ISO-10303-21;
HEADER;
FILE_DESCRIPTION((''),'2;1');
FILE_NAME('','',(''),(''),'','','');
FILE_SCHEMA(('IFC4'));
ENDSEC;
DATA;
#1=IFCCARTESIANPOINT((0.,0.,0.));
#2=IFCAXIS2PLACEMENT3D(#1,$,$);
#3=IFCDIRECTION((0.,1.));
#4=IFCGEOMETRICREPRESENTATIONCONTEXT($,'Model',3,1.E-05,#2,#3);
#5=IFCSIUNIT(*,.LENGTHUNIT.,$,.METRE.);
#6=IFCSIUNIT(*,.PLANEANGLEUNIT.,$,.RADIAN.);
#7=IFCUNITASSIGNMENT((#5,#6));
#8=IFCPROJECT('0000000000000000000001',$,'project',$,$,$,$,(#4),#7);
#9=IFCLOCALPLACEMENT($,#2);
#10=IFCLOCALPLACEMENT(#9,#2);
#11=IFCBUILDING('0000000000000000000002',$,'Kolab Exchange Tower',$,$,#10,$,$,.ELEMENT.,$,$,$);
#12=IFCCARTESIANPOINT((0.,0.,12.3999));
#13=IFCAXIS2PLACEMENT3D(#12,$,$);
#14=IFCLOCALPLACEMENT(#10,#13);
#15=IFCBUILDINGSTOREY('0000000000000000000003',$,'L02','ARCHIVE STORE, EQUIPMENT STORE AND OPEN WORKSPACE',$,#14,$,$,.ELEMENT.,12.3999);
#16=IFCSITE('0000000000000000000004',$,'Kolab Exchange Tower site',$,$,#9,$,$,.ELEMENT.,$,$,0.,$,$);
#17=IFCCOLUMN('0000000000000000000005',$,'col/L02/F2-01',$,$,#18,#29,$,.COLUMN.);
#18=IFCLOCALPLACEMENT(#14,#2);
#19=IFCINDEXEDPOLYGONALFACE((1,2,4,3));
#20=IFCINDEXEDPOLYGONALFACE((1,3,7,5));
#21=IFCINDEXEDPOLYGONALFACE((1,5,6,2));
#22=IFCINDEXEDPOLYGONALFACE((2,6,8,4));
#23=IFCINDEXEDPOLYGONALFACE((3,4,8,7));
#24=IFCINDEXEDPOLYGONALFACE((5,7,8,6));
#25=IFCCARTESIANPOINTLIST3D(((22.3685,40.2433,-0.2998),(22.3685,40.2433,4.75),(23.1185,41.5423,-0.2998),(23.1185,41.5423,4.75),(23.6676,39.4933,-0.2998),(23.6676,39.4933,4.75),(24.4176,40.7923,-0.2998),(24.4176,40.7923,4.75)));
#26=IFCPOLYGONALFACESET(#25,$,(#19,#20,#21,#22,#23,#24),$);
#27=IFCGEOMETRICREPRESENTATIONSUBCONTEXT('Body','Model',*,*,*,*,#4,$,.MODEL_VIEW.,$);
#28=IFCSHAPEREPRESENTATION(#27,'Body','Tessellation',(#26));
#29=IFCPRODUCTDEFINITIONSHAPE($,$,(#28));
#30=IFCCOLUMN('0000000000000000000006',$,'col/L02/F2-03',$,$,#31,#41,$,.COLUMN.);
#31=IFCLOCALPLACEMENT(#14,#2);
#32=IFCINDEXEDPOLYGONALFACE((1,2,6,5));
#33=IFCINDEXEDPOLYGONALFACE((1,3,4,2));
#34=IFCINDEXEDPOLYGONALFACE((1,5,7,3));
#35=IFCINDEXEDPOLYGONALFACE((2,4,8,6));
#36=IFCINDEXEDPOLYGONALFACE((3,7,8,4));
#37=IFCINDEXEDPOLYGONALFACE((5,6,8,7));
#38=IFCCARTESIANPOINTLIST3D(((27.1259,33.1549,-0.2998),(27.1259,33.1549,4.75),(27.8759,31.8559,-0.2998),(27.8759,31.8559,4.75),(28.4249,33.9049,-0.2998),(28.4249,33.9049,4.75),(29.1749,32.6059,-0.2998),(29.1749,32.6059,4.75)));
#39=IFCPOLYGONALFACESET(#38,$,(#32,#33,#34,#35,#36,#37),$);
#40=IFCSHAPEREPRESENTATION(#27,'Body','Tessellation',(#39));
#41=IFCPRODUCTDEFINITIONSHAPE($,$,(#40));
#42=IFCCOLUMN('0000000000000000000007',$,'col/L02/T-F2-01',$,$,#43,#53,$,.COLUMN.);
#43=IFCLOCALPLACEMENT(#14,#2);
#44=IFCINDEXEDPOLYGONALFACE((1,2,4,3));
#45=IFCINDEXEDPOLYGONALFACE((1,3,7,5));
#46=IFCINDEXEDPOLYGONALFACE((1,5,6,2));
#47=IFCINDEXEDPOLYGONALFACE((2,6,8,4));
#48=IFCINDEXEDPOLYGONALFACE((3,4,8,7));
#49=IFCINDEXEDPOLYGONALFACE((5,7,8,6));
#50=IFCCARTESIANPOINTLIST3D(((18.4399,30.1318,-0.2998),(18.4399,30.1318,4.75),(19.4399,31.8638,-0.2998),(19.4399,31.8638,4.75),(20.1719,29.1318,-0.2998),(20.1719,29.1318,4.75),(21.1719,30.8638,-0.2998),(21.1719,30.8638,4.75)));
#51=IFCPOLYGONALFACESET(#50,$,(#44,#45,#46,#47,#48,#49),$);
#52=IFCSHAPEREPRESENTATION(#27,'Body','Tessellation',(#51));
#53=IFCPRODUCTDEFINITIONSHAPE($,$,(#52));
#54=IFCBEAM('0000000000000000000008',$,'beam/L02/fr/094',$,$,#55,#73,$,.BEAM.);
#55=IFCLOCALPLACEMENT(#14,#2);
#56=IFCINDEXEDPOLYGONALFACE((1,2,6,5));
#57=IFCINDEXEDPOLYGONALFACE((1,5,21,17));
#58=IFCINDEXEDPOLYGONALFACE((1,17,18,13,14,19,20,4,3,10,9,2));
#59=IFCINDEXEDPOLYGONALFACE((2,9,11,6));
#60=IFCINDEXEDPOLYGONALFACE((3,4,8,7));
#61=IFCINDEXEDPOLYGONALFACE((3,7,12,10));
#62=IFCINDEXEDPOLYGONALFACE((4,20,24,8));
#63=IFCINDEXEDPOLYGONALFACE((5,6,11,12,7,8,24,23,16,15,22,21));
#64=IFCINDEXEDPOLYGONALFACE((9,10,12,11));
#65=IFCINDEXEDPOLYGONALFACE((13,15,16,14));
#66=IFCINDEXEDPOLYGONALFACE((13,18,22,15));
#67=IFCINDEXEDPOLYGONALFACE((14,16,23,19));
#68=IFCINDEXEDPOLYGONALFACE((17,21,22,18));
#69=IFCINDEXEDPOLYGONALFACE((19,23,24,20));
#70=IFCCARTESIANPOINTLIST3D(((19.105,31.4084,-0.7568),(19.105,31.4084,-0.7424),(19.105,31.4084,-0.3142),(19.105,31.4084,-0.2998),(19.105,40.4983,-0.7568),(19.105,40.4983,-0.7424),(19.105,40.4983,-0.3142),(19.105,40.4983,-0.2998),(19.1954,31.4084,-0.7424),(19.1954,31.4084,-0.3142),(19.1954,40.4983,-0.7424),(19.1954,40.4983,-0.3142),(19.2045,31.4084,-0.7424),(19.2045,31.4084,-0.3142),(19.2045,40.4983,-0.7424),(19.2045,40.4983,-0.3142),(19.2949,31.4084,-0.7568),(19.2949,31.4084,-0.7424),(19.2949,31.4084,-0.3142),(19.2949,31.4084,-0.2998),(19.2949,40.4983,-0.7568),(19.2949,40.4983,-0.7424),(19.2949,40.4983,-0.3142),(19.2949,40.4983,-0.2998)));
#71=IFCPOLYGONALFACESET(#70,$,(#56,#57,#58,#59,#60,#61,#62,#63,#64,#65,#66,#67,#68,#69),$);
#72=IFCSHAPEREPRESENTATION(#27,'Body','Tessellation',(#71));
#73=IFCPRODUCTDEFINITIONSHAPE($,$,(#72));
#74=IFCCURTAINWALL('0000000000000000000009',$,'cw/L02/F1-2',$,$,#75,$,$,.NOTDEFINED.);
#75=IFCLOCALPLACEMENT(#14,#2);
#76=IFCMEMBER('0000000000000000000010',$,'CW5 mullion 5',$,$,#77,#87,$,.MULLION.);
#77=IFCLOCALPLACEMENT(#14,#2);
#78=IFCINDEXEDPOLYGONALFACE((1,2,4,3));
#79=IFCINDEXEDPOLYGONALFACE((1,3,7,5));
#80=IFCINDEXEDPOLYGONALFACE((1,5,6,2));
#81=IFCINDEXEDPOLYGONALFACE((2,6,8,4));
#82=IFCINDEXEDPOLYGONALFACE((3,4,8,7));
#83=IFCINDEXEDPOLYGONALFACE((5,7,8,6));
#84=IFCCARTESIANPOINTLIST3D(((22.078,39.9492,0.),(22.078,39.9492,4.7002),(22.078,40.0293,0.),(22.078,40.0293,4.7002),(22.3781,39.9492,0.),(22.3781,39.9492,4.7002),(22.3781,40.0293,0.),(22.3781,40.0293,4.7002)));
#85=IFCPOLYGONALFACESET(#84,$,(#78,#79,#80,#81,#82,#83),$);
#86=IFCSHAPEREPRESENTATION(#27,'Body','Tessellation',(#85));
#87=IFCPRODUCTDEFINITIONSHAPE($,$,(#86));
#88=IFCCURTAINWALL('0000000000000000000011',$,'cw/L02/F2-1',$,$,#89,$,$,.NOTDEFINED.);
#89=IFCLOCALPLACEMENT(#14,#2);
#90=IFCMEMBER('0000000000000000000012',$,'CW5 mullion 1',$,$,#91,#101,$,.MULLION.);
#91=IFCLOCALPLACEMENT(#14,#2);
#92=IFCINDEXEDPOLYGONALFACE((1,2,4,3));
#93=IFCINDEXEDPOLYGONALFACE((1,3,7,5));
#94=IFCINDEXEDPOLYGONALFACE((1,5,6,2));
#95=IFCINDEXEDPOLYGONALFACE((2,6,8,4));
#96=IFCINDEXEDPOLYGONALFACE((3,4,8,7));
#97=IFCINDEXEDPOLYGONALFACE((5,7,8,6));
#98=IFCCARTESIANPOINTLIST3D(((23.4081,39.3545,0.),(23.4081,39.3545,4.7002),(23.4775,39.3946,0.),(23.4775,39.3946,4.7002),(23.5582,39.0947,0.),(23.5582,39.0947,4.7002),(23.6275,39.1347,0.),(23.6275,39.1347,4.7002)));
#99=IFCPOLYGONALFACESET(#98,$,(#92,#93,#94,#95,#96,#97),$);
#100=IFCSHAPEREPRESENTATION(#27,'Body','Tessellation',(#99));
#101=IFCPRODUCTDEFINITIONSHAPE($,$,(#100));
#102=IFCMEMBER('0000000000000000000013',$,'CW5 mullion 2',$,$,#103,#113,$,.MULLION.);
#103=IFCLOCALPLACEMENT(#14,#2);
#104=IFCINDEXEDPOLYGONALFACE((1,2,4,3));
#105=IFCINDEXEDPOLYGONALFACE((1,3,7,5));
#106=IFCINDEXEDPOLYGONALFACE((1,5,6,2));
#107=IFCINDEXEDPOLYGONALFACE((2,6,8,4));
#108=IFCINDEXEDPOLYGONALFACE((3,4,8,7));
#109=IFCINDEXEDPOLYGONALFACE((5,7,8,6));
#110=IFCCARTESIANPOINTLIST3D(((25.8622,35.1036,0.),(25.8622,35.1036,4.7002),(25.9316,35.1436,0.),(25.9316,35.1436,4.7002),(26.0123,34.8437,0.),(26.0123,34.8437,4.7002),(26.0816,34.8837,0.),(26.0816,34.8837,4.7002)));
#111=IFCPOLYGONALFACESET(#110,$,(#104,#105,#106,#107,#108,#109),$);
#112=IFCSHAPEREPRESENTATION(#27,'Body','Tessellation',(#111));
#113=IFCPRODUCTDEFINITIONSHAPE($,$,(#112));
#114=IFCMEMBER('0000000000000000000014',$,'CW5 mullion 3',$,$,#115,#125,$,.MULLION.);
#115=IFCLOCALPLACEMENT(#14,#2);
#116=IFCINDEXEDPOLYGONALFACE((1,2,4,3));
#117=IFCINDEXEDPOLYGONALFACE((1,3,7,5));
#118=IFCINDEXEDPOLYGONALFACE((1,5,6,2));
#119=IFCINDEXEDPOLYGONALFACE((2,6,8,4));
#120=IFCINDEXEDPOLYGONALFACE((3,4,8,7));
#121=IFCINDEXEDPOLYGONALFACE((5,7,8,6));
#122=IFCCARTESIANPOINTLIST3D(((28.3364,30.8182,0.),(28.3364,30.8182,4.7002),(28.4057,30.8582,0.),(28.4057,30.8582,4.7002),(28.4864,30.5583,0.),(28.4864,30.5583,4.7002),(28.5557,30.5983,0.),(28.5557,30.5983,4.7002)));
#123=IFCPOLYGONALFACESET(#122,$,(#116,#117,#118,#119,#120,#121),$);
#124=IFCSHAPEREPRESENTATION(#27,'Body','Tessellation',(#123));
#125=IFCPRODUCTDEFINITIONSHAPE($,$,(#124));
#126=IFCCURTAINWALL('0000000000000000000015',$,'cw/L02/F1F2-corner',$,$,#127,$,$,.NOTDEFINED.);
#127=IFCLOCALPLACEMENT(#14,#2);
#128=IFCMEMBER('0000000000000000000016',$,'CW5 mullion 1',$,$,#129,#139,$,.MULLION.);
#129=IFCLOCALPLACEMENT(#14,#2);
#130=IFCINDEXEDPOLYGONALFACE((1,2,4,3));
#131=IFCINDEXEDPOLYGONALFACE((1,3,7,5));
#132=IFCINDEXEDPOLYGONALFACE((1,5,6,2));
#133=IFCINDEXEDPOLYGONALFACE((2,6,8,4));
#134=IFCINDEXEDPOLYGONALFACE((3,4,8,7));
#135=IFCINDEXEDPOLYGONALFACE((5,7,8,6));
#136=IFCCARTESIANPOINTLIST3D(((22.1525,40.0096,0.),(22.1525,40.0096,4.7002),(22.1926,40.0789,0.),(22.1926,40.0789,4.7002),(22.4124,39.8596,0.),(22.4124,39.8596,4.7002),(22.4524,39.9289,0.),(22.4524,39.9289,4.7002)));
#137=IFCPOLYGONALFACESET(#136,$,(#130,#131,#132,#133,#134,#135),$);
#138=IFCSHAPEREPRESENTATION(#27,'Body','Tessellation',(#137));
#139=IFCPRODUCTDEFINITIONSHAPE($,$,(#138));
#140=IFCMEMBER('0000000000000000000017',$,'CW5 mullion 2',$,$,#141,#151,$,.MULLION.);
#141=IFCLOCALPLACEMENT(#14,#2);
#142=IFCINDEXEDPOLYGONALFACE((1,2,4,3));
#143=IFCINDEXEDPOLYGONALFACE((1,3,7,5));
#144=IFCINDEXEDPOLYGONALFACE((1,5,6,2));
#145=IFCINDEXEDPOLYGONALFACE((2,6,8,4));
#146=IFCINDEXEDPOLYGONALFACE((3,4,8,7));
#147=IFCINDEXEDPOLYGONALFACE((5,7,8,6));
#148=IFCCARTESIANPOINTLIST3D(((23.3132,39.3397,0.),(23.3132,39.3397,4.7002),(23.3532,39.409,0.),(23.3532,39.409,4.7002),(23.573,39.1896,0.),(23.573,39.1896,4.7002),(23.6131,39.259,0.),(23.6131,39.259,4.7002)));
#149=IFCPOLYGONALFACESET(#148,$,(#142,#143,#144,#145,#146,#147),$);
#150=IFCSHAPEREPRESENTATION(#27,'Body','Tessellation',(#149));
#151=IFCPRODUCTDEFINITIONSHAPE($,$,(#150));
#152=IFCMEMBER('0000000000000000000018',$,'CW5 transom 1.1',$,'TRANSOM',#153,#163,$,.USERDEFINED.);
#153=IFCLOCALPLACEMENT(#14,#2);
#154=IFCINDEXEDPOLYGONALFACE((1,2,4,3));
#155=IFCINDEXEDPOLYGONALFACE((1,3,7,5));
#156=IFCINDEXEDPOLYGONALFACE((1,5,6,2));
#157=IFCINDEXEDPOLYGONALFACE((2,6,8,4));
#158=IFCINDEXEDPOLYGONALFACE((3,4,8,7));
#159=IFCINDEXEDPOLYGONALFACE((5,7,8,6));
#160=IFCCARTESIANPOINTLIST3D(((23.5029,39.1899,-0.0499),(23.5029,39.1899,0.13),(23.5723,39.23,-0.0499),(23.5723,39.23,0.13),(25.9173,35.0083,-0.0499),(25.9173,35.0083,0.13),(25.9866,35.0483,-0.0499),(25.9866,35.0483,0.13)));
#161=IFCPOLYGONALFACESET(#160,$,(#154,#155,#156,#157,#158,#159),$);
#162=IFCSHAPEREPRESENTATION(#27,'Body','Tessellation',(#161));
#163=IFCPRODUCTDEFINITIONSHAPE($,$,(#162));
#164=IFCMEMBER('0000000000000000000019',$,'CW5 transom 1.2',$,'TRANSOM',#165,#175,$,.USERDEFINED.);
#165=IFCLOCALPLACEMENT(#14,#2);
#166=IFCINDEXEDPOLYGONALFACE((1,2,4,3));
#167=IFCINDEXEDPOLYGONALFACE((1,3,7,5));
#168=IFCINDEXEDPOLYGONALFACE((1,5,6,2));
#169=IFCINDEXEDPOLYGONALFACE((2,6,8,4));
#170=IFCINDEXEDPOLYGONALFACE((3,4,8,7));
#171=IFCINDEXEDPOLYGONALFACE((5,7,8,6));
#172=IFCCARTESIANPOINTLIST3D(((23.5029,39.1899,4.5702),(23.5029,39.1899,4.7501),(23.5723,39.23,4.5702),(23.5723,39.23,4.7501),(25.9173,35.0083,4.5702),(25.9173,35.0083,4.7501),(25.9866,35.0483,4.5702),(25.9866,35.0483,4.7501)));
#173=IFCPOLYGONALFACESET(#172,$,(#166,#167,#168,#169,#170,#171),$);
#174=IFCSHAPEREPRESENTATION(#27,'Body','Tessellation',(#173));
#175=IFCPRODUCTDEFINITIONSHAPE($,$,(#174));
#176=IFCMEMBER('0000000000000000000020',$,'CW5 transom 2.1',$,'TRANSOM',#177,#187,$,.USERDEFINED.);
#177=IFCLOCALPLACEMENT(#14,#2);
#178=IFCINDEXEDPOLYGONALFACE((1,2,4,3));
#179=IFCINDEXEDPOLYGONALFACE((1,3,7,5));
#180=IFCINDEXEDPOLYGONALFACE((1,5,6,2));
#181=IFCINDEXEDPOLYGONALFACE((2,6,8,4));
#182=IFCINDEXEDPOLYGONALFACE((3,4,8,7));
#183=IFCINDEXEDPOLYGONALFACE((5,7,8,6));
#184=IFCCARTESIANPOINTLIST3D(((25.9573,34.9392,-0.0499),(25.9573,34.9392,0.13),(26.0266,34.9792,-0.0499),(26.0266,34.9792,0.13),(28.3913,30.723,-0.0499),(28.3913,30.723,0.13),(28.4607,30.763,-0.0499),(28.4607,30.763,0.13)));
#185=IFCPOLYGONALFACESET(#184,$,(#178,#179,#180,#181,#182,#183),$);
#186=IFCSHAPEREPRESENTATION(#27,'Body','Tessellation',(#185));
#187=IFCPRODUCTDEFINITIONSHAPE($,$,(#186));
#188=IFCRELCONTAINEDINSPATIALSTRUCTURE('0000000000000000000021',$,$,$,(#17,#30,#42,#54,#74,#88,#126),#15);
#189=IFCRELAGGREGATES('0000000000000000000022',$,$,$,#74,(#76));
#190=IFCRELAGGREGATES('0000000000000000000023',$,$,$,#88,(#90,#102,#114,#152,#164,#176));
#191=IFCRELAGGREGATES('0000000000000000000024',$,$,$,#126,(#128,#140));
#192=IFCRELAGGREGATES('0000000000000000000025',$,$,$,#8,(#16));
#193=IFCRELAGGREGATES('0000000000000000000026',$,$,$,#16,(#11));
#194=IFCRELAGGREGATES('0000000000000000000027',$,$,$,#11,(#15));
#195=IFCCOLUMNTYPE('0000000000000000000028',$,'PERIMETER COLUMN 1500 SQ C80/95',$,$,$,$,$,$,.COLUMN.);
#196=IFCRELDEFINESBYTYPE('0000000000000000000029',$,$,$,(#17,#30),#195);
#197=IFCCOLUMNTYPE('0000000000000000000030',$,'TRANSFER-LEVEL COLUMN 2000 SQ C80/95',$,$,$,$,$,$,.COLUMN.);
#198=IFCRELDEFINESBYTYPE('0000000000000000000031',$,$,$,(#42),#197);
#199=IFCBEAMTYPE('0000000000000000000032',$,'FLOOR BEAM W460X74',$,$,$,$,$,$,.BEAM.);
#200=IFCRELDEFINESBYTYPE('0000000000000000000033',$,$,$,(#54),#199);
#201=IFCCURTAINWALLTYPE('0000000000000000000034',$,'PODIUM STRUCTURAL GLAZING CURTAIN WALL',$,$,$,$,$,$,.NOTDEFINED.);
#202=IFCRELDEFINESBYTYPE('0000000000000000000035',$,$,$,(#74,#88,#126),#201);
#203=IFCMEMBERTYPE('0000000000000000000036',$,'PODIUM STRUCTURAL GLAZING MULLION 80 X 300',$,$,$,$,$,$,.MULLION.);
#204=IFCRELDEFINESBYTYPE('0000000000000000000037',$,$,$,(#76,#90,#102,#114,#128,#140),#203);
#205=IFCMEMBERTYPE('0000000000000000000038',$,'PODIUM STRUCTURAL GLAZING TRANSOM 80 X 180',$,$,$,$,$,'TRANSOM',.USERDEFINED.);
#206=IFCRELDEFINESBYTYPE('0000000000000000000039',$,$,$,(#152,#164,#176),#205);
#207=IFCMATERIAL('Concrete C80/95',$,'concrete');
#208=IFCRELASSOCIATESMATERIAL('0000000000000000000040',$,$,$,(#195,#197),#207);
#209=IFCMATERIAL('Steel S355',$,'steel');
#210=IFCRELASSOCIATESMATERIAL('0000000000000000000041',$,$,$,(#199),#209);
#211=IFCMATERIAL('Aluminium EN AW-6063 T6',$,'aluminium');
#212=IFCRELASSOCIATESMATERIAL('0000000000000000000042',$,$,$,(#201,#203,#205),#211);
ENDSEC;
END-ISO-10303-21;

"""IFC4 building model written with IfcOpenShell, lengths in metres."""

from ifc_helpers import new_model, si_unit, direction, frame, origin, origin_2d, place, context, subcontext, project, spatial, rectangle, i_section, extrude, material, material_profile, profile_set, type_object, element, aggregate, save


model = new_model("IFC4")

# Units and contexts
model_context = context("Model", 3, precision=1e-05, world=origin(), true_north=direction((0.0, 1.0)))
body_context = subcontext(model_context, "Body", "Model", "MODEL_VIEW")
ifc_project = project(units=[si_unit("LENGTHUNIT", "METRE"), si_unit("PLANEANGLEUNIT", "RADIAN")], contexts=[model_context])

# Site, building, storey
site_placement = place(None, origin())
site = spatial("IfcSite", under=ifc_project, at=site_placement, Name="Kolab Exchange Tower site", CompositionType="ELEMENT", RefElevation=0.0)
building_placement = place(site_placement, origin())
building = spatial("IfcBuilding", under=site, at=building_placement, Name="Kolab Exchange Tower", CompositionType="ELEMENT")
storey_placement = place(building_placement, frame((0.0, 0.0, 12.3999)))
storey = spatial("IfcBuildingStorey", under=building, at=storey_placement, Name="L02", Description="ARCHIVE STORE, EQUIPMENT STORE AND OPEN WORKSPACE", CompositionType="ELEMENT", Elevation=12.3999)

# Columns
ifc_material_1 = material(Name="Concrete C80/95", Category="concrete")
ifc_material_profile_1 = material_profile(ifc_material_1, rectangle(XDim=1.5, YDim=1.5, at=origin_2d()), Name="RC1500")
ifc_profile_set_1 = profile_set([ifc_material_profile_1], Name="Concrete C80/95")
column_type_1 = type_object("IfcColumnType", Name="PERIMETER COLUMN 1500 SQ C80/95", PredefinedType="COLUMN", material=ifc_profile_set_1)
for number, where, z_axis, x_axis, name in (
    (1, (23.3931, 40.5178, -0.2998), (0.0, 0.0, 1.0), (0.5, 0.866025, 0.0), "col/L02/F2-01"),
    (2, (28.1504, 32.8804, -0.2998), (0.0, 0.0, 1.0), (0.866025, 0.5, 0.0), "col/L02/F2-03"),
):
    element("IfcColumn", number, at=place(storey_placement, frame(where, z_axis=z_axis, x_axis=x_axis)), inside=storey, type_object=column_type_1, Name=name, PredefinedType="COLUMN", context=body_context, shape_type="SweptSolid", body=[
        extrude(rectangle(XDim=1.5, YDim=1.5, at=origin_2d()), origin(), (0.0, 0.0, 1.0), 5.0498),
    ])
ifc_material_profile_2 = material_profile(ifc_material_1, rectangle(XDim=2.0, YDim=2.0, at=origin_2d()), Name="RC2000")
ifc_profile_set_2 = profile_set([ifc_material_profile_2], Name="Concrete C80/95")
column_type_2 = type_object("IfcColumnType", Name="TRANSFER-LEVEL COLUMN 2000 SQ C80/95", PredefinedType="COLUMN", material=ifc_profile_set_2)
column_placement = place(storey_placement, frame((19.8059, 30.4978, -0.2998), z_axis=(0.0, 0.0, 1.0), x_axis=(0.5, 0.866025, 0.0)))
element("IfcColumn", 3, at=column_placement, inside=storey, type_object=column_type_2, Name="col/L02/T-F2-01", PredefinedType="COLUMN", context=body_context, shape_type="SweptSolid", body=[
    extrude(rectangle(XDim=2.0, YDim=2.0, at=origin_2d()), origin(), (0.0, 0.0, 1.0), 5.0498),
])

# Beam
ifc_material_2 = material(Name="Steel S355", Category="steel")
ifc_material_profile_3 = material_profile(ifc_material_2, i_section(OverallWidth=0.1899, OverallDepth=0.457, WebThickness=0.009, FlangeThickness=0.0144, at=origin_2d()), Name="W460X74")
ifc_profile_set_3 = profile_set([ifc_material_profile_3], Name="Steel S355")
beam_type_1 = type_object("IfcBeamType", Name="FLOOR BEAM W460X74", PredefinedType="BEAM", material=ifc_profile_set_3)
beam_placement = place(storey_placement, frame((19.2, 31.4084, -0.5283), z_axis=(0.0, 1.0, 0.0), x_axis=(-1.0, 0.0, 0.0)))
element("IfcBeam", 4, at=beam_placement, inside=storey, type_object=beam_type_1, Name="beam/L02/fr/094", PredefinedType="BEAM", context=body_context, shape_type="SweptSolid", body=[
    extrude(i_section(OverallWidth=0.1899, OverallDepth=0.457, WebThickness=0.009, FlangeThickness=0.0144, at=origin_2d()), origin(), (0.0, 0.0, 1.0), 9.0898),
])

# Curtain wall, member
ifc_material_3 = material(Name="Aluminium EN AW-6063 T6", Category="aluminium")
curtain_wall_type = type_object("IfcCurtainWallType", Name="PODIUM STRUCTURAL GLAZING CURTAIN WALL", PredefinedType="NOTDEFINED", material=ifc_material_3)
curtain_wall_1_placement = place(storey_placement, origin())
curtain_wall_1 = element("IfcCurtainWall", 5, at=curtain_wall_1_placement, inside=storey, type_object=curtain_wall_type, Name="cw/L02/F1-2", PredefinedType="NOTDEFINED")
ifc_material_profile_4 = material_profile(ifc_material_3, rectangle(XDim=0.0801, YDim=0.3, at=origin_2d()), Name="RECT 80X300")
ifc_profile_set_4 = profile_set([ifc_material_profile_4], Name="Aluminium EN AW-6063 T6")
member_type_1 = type_object("IfcMemberType", Name="PODIUM STRUCTURAL GLAZING MULLION 80 X 300", PredefinedType="MULLION", material=ifc_profile_set_4)
member_1_placement = place(storey_placement, frame((22.228, 39.9893, 0.0), z_axis=(0.0, 0.0, 1.0), x_axis=(0.0, 1.0, 0.0)))
member_1 = element("IfcMember", 6, at=member_1_placement, type_object=member_type_1, Name="CW5 mullion 5", PredefinedType="MULLION", context=body_context, shape_type="SweptSolid", body=[
    extrude(rectangle(XDim=0.0801, YDim=0.3, at=origin_2d()), origin(), (0.0, 0.0, 1.0), 4.7002),
])

# Curtain walls, members
curtain_wall_2_placement = place(storey_placement, origin())
curtain_wall_2 = element("IfcCurtainWall", 7, at=curtain_wall_2_placement, inside=storey, type_object=curtain_wall_type, Name="cw/L02/F2-1", PredefinedType="NOTDEFINED")
member_2_placement = place(storey_placement, frame((23.5178, 39.2446, 0.0), z_axis=(0.0, 0.0, 1.0), x_axis=(0.866025, 0.5, 0.0)))
member_2 = element("IfcMember", 8, at=member_2_placement, type_object=member_type_1, Name="CW5 mullion 1", PredefinedType="MULLION", context=body_context, shape_type="SweptSolid", body=[
    extrude(rectangle(XDim=0.0801, YDim=0.3, at=origin_2d()), origin(), (0.0, 0.0, 1.0), 4.7002),
])
member_3_placement = place(storey_placement, frame((25.9719, 34.9937, 0.0), z_axis=(0.0, 0.0, 1.0), x_axis=(0.866025, 0.5, 0.0)))
member_3 = element("IfcMember", 9, at=member_3_placement, type_object=member_type_1, Name="CW5 mullion 2", PredefinedType="MULLION", context=body_context, shape_type="SweptSolid", body=[
    extrude(rectangle(XDim=0.0801, YDim=0.3, at=origin_2d()), origin(), (0.0, 0.0, 1.0), 4.7002),
])
member_4_placement = place(storey_placement, frame((28.446, 30.7083, 0.0), z_axis=(0.0, 0.0, 1.0), x_axis=(0.866025, 0.5, 0.0)))
member_4 = element("IfcMember", 10, at=member_4_placement, type_object=member_type_1, Name="CW5 mullion 3", PredefinedType="MULLION", context=body_context, shape_type="SweptSolid", body=[
    extrude(rectangle(XDim=0.0801, YDim=0.3, at=origin_2d()), origin(), (0.0, 0.0, 1.0), 4.7002),
])
curtain_wall_3_placement = place(storey_placement, origin())
curtain_wall_3 = element("IfcCurtainWall", 11, at=curtain_wall_3_placement, inside=storey, type_object=curtain_wall_type, Name="cw/L02/F1F2-corner", PredefinedType="NOTDEFINED")
member_5_placement = place(storey_placement, frame((22.3025, 39.9692, 0.0), z_axis=(0.0, 0.0, 1.0), x_axis=(0.5, 0.866025, 0.0)))
member_5 = element("IfcMember", 12, at=member_5_placement, type_object=member_type_1, Name="CW5 mullion 1", PredefinedType="MULLION", context=body_context, shape_type="SweptSolid", body=[
    extrude(rectangle(XDim=0.0801, YDim=0.3, at=origin_2d()), origin(), (0.0, 0.0, 1.0), 4.7002),
])
member_6_placement = place(storey_placement, frame((23.4631, 39.2993, 0.0), z_axis=(0.0, 0.0, 1.0), x_axis=(0.5, 0.866025, 0.0)))
member_6 = element("IfcMember", 13, at=member_6_placement, type_object=member_type_1, Name="CW5 mullion 2", PredefinedType="MULLION", context=body_context, shape_type="SweptSolid", body=[
    extrude(rectangle(XDim=0.0801, YDim=0.3, at=origin_2d()), origin(), (0.0, 0.0, 1.0), 4.7002),
])

# Members
ifc_material_profile_5 = material_profile(ifc_material_3, rectangle(XDim=0.0801, YDim=0.1799, at=origin_2d()), Name="RECT 80X180")
ifc_profile_set_5 = profile_set([ifc_material_profile_5], Name="Aluminium EN AW-6063 T6")
member_type_2 = type_object("IfcMemberType", Name="PODIUM STRUCTURAL GLAZING TRANSOM 80 X 180", ElementType="TRANSOM", PredefinedType="USERDEFINED", material=ifc_profile_set_5)
member_7_placement = place(storey_placement, frame((23.5376, 39.21, 0.04), z_axis=(0.500005, -0.866022, 0.0), x_axis=(0.866022, 0.500005, 0.0)))
member_7 = element("IfcMember", 14, at=member_7_placement, type_object=member_type_2, Name="CW5 transom 1.1", ObjectType="TRANSOM", PredefinedType="USERDEFINED", context=body_context, shape_type="SweptSolid", body=[
    extrude(rectangle(XDim=0.0801, YDim=0.1799, at=origin_2d()), origin(), (0.0, 0.0, 1.0), 4.8286),
])
member_8_placement = place(storey_placement, frame((23.5376, 39.21, 4.6602), z_axis=(0.500005, -0.866022, 0.0), x_axis=(0.866022, 0.500005, 0.0)))
member_8 = element("IfcMember", 15, at=member_8_placement, type_object=member_type_2, Name="CW5 transom 1.2", ObjectType="TRANSOM", PredefinedType="USERDEFINED", context=body_context, shape_type="SweptSolid", body=[
    extrude(rectangle(XDim=0.0801, YDim=0.1799, at=origin_2d()), origin(), (0.0, 0.0, 1.0), 4.8286),
])
member_9_placement = place(storey_placement, frame((25.9919, 34.9592, 0.04), z_axis=(0.499968, -0.866044, 0.0), x_axis=(0.866044, 0.499968, 0.0)))
member_9 = element("IfcMember", 16, at=member_9_placement, type_object=member_type_2, Name="CW5 transom 2.1", ObjectType="TRANSOM", PredefinedType="USERDEFINED", context=body_context, shape_type="SweptSolid", body=[
    extrude(rectangle(XDim=0.0801, YDim=0.1799, at=origin_2d()), origin(), (0.0, 0.0, 1.0), 4.8684),
])

aggregate(curtain_wall_1, [member_1])
aggregate(curtain_wall_2, [member_2, member_3, member_4, member_7, member_8, member_9])
aggregate(curtain_wall_3, [member_5, member_6])

save(model, "model.ifc")
